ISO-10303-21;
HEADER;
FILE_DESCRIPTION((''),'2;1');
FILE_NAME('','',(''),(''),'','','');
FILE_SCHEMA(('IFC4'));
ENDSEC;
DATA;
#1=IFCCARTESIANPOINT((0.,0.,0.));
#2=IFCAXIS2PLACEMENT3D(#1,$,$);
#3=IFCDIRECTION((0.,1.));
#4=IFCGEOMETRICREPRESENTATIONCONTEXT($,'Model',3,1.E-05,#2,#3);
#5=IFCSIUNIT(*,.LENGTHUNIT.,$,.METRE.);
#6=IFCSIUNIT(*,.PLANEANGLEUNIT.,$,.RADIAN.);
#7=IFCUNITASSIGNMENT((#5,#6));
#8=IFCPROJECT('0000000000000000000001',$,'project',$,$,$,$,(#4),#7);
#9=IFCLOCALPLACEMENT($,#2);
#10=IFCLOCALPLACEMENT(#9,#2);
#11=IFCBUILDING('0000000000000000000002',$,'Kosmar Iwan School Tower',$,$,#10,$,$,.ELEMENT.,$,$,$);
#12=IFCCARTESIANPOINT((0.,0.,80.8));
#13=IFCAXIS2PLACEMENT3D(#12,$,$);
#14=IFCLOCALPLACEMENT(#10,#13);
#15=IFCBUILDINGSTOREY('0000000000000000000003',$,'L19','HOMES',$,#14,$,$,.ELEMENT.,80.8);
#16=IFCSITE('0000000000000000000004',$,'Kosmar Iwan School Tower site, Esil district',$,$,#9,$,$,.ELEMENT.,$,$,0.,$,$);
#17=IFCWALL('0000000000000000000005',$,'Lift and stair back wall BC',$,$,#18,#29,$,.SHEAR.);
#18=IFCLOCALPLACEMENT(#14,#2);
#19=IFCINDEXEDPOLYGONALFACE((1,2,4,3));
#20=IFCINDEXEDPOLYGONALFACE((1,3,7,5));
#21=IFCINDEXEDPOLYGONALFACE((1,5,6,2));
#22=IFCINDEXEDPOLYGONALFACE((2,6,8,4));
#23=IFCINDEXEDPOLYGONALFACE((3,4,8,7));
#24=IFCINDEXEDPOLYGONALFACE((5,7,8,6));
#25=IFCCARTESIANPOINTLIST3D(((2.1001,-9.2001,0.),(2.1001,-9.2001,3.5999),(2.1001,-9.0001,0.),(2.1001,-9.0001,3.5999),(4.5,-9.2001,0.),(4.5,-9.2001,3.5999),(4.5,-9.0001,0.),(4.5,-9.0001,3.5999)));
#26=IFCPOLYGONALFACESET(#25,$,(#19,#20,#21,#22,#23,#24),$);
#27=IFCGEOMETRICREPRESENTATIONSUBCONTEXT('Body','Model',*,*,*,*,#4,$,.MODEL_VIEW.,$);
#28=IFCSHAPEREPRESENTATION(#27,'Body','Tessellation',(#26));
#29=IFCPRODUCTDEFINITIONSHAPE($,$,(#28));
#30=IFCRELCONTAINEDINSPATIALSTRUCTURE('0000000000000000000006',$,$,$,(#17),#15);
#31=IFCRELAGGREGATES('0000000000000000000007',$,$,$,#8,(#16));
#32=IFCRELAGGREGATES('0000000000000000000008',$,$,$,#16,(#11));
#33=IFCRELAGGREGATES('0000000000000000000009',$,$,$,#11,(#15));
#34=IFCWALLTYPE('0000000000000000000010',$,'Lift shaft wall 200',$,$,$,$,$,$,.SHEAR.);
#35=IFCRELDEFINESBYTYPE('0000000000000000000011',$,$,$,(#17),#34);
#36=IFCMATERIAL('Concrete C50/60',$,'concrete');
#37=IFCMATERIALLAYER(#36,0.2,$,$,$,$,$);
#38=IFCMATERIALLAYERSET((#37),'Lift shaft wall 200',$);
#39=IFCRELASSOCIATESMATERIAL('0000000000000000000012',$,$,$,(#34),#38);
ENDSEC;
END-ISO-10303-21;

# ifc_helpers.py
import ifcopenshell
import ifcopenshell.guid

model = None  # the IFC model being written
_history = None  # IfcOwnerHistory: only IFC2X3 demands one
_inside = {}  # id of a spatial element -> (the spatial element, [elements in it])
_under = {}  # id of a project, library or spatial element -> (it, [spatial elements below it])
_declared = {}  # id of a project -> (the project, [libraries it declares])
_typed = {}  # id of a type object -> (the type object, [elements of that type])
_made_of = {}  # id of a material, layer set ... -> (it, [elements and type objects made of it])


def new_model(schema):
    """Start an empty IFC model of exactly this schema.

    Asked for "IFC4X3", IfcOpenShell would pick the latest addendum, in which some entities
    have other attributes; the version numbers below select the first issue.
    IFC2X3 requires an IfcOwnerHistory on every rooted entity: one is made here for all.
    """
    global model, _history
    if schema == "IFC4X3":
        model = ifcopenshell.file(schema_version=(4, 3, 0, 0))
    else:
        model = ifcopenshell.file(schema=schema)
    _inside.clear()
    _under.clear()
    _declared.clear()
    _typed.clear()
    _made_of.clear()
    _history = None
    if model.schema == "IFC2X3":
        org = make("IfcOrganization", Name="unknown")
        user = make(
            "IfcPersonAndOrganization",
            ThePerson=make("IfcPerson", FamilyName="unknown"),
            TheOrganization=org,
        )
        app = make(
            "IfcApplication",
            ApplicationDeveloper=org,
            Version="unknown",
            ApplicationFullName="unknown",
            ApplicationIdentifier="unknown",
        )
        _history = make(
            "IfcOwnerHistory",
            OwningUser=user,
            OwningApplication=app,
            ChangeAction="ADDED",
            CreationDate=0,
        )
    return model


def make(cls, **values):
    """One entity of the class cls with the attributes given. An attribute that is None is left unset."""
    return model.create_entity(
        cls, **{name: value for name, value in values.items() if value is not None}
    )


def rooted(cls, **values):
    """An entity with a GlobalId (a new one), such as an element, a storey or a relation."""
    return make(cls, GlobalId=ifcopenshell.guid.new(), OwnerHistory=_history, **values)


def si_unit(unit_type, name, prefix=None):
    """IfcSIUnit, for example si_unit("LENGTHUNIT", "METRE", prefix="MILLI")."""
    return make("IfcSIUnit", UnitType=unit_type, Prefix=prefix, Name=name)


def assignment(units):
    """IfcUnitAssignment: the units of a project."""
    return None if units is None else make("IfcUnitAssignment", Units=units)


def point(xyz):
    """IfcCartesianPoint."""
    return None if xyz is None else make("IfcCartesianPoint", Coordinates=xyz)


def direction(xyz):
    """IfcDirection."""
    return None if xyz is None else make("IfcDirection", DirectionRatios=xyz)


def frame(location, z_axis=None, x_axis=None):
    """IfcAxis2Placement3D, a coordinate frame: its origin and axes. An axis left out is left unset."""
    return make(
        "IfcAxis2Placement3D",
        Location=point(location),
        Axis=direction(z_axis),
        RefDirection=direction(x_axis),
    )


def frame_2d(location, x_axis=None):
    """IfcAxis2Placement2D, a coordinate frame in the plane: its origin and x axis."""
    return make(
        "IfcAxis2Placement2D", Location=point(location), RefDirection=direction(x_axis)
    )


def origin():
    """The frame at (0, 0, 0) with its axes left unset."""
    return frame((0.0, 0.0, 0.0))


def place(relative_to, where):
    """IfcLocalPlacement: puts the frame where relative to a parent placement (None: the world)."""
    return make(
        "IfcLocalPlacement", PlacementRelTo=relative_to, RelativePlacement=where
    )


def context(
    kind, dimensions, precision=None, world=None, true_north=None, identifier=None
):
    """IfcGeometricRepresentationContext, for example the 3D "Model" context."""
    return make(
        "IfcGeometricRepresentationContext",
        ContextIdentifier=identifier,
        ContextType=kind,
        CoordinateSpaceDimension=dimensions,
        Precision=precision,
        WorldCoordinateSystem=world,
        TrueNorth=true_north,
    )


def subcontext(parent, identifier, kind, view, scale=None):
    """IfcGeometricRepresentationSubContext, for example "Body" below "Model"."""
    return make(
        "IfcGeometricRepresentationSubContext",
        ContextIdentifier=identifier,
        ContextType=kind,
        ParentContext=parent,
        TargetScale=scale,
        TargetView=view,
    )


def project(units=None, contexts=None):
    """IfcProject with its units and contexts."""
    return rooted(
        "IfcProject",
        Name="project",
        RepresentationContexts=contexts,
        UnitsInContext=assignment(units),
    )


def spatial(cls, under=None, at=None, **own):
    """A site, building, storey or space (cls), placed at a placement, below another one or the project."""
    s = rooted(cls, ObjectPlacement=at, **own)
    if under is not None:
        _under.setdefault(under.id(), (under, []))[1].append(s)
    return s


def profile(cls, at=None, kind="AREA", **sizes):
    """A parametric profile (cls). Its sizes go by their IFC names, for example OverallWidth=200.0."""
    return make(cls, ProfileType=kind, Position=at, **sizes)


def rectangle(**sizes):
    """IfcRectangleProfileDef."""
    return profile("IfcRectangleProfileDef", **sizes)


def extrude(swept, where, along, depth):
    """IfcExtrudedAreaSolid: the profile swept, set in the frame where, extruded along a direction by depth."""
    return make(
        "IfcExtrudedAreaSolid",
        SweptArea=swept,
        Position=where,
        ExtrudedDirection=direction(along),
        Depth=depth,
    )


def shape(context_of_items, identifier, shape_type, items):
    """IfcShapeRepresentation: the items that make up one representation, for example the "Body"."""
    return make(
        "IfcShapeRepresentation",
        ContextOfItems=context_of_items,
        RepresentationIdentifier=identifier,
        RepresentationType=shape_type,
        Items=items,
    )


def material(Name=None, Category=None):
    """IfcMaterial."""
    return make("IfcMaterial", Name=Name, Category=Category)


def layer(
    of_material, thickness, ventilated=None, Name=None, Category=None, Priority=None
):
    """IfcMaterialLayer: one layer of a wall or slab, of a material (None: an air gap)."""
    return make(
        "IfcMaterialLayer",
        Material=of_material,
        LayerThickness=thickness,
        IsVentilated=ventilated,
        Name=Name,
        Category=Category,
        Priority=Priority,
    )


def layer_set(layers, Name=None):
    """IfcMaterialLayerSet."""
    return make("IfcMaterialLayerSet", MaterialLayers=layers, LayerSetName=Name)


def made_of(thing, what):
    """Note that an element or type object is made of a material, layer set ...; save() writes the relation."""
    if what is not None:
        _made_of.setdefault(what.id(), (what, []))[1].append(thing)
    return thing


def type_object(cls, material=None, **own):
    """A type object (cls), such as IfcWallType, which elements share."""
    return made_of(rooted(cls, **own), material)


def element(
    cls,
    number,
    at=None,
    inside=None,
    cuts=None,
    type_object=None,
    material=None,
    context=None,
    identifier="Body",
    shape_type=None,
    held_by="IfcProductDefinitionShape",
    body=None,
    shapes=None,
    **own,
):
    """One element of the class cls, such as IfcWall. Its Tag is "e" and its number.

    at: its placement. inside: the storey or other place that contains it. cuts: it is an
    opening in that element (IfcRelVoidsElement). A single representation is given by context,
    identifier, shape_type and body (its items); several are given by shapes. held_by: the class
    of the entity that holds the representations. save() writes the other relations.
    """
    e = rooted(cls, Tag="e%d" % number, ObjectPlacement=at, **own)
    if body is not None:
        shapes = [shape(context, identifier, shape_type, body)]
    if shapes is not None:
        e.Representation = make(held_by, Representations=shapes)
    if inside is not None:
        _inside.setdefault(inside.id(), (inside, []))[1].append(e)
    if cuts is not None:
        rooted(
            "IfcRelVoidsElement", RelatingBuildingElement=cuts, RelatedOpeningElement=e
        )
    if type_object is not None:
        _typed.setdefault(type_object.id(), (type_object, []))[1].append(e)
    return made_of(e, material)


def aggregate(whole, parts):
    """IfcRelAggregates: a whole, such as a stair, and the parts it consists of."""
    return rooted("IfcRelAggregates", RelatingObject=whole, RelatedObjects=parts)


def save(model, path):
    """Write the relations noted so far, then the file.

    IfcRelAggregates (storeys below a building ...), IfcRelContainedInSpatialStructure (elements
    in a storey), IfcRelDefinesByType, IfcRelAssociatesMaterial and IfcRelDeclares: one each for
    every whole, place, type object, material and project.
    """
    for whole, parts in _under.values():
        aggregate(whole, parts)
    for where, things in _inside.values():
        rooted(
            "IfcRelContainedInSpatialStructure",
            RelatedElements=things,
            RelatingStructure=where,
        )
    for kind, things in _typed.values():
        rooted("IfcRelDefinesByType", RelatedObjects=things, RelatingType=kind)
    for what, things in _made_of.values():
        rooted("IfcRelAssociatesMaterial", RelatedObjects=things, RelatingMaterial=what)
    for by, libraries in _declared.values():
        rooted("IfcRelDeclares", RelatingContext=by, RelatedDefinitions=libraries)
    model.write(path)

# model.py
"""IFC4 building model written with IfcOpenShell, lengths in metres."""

from ifc_helpers import new_model, si_unit, direction, frame, frame_2d, origin, place, context, subcontext, project, spatial, rectangle, extrude, material, layer, layer_set, type_object, element, save


model = new_model("IFC4")

# Units and contexts
model_context = context("Model", 3, precision=1e-05, world=origin(), true_north=direction((0.0, 1.0)))
body_context = subcontext(model_context, "Body", "Model", "MODEL_VIEW")
ifc_project = project(units=[si_unit("LENGTHUNIT", "METRE"), si_unit("PLANEANGLEUNIT", "RADIAN")], contexts=[model_context])

# Site, building, storey
site_placement = place(None, origin())
site = spatial("IfcSite", under=ifc_project, at=site_placement, Name="Kosmar Iwan School Tower site, Esil district", CompositionType="ELEMENT", RefElevation=0.0)
building_placement = place(site_placement, origin())
building = spatial("IfcBuilding", under=site, at=building_placement, Name="Kosmar Iwan School Tower", CompositionType="ELEMENT")
storey_placement = place(building_placement, frame((0.0, 0.0, 80.8)))
storey = spatial("IfcBuildingStorey", under=building, at=storey_placement, Name="L19", Description="HOMES", CompositionType="ELEMENT", Elevation=80.8)

# Wall
ifc_material_1 = material(Name="Concrete C50/60", Category="concrete")
ifc_layer_1 = layer(ifc_material_1, 0.2)
ifc_layer_set_1 = layer_set([ifc_layer_1], Name="Lift shaft wall 200")
wall_type_1 = type_object("IfcWallType", Name="Lift shaft wall 200", PredefinedType="SHEAR", material=ifc_layer_set_1)
wall_1_placement = place(storey_placement, frame((2.1001, -9.1001, 0.0), z_axis=(0.0, 0.0, 1.0), x_axis=(1.0, 0.0, 0.0)))
element("IfcWall", 1, at=wall_1_placement, inside=storey, type_object=wall_type_1, Name="Lift and stair back wall BC", PredefinedType="SHEAR", context=body_context, shape_type="SweptSolid", body=[
    extrude(rectangle(XDim=2.3999, YDim=0.2, at=frame_2d((1.2, 0.0))), origin(), (0.0, 0.0, 1.0), 3.5999),
])

save(model, "model.ifc")
